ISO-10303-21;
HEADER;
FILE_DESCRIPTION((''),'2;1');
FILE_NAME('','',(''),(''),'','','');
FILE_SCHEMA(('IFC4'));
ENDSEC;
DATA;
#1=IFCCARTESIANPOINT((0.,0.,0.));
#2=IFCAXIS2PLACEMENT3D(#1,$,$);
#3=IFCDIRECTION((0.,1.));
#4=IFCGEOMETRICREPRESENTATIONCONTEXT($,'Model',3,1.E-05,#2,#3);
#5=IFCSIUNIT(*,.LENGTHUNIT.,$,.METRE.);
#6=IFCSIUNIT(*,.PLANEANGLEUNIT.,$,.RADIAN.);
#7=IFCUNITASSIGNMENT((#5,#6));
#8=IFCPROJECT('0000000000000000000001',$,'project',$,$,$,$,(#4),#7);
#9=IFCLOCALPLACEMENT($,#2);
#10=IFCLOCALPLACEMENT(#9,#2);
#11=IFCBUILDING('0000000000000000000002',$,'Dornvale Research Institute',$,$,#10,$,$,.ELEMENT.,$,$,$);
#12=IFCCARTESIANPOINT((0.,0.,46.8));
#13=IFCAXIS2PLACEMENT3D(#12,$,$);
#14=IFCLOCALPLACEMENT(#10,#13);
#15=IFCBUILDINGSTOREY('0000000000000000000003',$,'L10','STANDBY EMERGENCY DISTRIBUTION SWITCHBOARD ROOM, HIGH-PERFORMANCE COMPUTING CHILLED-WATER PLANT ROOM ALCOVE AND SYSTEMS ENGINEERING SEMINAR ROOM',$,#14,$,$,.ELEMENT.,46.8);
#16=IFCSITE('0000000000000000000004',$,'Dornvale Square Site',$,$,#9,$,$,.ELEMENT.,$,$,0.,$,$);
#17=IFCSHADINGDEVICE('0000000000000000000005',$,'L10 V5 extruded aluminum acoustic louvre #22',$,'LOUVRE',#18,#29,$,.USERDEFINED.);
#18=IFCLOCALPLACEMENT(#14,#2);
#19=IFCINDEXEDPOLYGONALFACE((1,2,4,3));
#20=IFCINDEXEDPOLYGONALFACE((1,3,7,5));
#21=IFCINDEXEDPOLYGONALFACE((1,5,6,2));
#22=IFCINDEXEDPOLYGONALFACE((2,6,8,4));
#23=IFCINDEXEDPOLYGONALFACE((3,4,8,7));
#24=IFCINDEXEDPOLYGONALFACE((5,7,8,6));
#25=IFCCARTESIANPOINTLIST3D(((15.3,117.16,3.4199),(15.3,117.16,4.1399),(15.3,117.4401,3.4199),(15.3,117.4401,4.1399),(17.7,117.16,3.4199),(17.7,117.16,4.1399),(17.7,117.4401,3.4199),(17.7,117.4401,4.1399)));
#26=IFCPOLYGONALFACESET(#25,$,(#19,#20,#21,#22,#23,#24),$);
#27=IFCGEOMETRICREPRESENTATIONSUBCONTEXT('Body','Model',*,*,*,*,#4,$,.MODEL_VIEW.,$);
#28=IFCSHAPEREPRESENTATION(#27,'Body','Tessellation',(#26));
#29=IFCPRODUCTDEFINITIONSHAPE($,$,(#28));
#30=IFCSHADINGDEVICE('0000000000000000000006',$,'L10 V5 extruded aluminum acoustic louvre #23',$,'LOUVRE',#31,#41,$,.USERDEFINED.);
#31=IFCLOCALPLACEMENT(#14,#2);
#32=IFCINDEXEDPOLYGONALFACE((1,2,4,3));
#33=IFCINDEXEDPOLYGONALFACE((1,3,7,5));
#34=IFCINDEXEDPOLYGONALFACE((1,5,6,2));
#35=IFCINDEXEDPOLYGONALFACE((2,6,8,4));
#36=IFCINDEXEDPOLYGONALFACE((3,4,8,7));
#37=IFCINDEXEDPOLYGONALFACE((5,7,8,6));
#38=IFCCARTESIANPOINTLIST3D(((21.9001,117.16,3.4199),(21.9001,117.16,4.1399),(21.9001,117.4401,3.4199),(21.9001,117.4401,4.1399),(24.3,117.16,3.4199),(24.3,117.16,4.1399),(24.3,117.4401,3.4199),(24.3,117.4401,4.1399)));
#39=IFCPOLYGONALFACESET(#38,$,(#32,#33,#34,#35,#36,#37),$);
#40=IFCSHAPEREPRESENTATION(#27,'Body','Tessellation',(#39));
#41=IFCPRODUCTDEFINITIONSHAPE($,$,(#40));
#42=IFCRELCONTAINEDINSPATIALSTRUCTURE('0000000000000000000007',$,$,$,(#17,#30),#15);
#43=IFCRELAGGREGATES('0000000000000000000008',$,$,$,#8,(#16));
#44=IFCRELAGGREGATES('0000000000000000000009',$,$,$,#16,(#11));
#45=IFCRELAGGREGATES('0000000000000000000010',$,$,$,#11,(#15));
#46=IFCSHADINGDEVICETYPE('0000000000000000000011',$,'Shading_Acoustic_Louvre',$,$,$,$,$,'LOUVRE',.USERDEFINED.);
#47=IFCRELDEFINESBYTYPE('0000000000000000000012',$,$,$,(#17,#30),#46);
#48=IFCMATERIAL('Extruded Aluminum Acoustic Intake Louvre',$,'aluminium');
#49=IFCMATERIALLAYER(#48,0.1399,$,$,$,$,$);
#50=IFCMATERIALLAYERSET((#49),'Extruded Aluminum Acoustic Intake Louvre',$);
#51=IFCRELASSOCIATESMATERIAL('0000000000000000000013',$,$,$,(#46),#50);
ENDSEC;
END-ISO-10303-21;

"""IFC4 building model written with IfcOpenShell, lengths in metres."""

from ifc_helpers import new_model, si_unit, direction, frame, origin, origin_2d, place, context, subcontext, project, spatial, rectangle, extrude, material, layer, layer_set, type_object, element, save


model = new_model("IFC4")

# Units and contexts
model_context = context("Model", 3, precision=1e-05, world=origin(), true_north=direction((0.0, 1.0)))
body_context = subcontext(model_context, "Body", "Model", "MODEL_VIEW")
ifc_project = project(units=[si_unit("LENGTHUNIT", "METRE"), si_unit("PLANEANGLEUNIT", "RADIAN")], contexts=[model_context])

# Site, building, storey
site_placement = place(None, origin())
site = spatial("IfcSite", under=ifc_project, at=site_placement, Name="Dornvale Square Site", CompositionType="ELEMENT", RefElevation=0.0)
building_placement = place(site_placement, origin())
building = spatial("IfcBuilding", under=site, at=building_placement, Name="Dornvale Research Institute", CompositionType="ELEMENT")
storey_placement = place(building_placement, frame((0.0, 0.0, 46.8)))
storey = spatial("IfcBuildingStorey", under=building, at=storey_placement, Name="L10", Description="STANDBY EMERGENCY DISTRIBUTION SWITCHBOARD ROOM, HIGH-PERFORMANCE COMPUTING CHILLED-WATER PLANT ROOM ALCOVE AND SYSTEMS ENGINEERING SEMINAR ROOM", CompositionType="ELEMENT", Elevation=46.8)

# Shading devices
ifc_material_1 = material(Name="Extruded Aluminum Acoustic Intake Louvre", Category="aluminium")
ifc_layer_1 = layer(ifc_material_1, 0.1399)
ifc_layer_set_1 = layer_set([ifc_layer_1], Name="Extruded Aluminum Acoustic Intake Louvre")
shading_device_type = type_object("IfcShadingDeviceType", Name="Shading_Acoustic_Louvre", ElementType="LOUVRE", PredefinedType="USERDEFINED", material=ifc_layer_set_1)
for number, where, z_axis, x_axis, name in (
    (1, (16.5, 117.3, 3.4199), (0.0, 0.0, 1.0), (1.0, 0.0, 0.0), "L10 V5 extruded aluminum acoustic louvre #22"),
    (2, (23.1001, 117.3, 3.4199), (0.0, 0.0, 1.0), (1.0, 0.0, 0.0), "L10 V5 extruded aluminum acoustic louvre #23"),
):
    element("IfcShadingDevice", number, at=place(storey_placement, frame(where, z_axis=z_axis, x_axis=x_axis)), inside=storey, type_object=shading_device_type, Name=name, ObjectType="LOUVRE", PredefinedType="USERDEFINED", context=body_context, shape_type="SweptSolid", body=[
        extrude(rectangle(XDim=2.3999, YDim=0.28, at=origin_2d()), origin(), (0.0, 0.0, 1.0), 0.72),
    ])

save(model, "model.ifc")
